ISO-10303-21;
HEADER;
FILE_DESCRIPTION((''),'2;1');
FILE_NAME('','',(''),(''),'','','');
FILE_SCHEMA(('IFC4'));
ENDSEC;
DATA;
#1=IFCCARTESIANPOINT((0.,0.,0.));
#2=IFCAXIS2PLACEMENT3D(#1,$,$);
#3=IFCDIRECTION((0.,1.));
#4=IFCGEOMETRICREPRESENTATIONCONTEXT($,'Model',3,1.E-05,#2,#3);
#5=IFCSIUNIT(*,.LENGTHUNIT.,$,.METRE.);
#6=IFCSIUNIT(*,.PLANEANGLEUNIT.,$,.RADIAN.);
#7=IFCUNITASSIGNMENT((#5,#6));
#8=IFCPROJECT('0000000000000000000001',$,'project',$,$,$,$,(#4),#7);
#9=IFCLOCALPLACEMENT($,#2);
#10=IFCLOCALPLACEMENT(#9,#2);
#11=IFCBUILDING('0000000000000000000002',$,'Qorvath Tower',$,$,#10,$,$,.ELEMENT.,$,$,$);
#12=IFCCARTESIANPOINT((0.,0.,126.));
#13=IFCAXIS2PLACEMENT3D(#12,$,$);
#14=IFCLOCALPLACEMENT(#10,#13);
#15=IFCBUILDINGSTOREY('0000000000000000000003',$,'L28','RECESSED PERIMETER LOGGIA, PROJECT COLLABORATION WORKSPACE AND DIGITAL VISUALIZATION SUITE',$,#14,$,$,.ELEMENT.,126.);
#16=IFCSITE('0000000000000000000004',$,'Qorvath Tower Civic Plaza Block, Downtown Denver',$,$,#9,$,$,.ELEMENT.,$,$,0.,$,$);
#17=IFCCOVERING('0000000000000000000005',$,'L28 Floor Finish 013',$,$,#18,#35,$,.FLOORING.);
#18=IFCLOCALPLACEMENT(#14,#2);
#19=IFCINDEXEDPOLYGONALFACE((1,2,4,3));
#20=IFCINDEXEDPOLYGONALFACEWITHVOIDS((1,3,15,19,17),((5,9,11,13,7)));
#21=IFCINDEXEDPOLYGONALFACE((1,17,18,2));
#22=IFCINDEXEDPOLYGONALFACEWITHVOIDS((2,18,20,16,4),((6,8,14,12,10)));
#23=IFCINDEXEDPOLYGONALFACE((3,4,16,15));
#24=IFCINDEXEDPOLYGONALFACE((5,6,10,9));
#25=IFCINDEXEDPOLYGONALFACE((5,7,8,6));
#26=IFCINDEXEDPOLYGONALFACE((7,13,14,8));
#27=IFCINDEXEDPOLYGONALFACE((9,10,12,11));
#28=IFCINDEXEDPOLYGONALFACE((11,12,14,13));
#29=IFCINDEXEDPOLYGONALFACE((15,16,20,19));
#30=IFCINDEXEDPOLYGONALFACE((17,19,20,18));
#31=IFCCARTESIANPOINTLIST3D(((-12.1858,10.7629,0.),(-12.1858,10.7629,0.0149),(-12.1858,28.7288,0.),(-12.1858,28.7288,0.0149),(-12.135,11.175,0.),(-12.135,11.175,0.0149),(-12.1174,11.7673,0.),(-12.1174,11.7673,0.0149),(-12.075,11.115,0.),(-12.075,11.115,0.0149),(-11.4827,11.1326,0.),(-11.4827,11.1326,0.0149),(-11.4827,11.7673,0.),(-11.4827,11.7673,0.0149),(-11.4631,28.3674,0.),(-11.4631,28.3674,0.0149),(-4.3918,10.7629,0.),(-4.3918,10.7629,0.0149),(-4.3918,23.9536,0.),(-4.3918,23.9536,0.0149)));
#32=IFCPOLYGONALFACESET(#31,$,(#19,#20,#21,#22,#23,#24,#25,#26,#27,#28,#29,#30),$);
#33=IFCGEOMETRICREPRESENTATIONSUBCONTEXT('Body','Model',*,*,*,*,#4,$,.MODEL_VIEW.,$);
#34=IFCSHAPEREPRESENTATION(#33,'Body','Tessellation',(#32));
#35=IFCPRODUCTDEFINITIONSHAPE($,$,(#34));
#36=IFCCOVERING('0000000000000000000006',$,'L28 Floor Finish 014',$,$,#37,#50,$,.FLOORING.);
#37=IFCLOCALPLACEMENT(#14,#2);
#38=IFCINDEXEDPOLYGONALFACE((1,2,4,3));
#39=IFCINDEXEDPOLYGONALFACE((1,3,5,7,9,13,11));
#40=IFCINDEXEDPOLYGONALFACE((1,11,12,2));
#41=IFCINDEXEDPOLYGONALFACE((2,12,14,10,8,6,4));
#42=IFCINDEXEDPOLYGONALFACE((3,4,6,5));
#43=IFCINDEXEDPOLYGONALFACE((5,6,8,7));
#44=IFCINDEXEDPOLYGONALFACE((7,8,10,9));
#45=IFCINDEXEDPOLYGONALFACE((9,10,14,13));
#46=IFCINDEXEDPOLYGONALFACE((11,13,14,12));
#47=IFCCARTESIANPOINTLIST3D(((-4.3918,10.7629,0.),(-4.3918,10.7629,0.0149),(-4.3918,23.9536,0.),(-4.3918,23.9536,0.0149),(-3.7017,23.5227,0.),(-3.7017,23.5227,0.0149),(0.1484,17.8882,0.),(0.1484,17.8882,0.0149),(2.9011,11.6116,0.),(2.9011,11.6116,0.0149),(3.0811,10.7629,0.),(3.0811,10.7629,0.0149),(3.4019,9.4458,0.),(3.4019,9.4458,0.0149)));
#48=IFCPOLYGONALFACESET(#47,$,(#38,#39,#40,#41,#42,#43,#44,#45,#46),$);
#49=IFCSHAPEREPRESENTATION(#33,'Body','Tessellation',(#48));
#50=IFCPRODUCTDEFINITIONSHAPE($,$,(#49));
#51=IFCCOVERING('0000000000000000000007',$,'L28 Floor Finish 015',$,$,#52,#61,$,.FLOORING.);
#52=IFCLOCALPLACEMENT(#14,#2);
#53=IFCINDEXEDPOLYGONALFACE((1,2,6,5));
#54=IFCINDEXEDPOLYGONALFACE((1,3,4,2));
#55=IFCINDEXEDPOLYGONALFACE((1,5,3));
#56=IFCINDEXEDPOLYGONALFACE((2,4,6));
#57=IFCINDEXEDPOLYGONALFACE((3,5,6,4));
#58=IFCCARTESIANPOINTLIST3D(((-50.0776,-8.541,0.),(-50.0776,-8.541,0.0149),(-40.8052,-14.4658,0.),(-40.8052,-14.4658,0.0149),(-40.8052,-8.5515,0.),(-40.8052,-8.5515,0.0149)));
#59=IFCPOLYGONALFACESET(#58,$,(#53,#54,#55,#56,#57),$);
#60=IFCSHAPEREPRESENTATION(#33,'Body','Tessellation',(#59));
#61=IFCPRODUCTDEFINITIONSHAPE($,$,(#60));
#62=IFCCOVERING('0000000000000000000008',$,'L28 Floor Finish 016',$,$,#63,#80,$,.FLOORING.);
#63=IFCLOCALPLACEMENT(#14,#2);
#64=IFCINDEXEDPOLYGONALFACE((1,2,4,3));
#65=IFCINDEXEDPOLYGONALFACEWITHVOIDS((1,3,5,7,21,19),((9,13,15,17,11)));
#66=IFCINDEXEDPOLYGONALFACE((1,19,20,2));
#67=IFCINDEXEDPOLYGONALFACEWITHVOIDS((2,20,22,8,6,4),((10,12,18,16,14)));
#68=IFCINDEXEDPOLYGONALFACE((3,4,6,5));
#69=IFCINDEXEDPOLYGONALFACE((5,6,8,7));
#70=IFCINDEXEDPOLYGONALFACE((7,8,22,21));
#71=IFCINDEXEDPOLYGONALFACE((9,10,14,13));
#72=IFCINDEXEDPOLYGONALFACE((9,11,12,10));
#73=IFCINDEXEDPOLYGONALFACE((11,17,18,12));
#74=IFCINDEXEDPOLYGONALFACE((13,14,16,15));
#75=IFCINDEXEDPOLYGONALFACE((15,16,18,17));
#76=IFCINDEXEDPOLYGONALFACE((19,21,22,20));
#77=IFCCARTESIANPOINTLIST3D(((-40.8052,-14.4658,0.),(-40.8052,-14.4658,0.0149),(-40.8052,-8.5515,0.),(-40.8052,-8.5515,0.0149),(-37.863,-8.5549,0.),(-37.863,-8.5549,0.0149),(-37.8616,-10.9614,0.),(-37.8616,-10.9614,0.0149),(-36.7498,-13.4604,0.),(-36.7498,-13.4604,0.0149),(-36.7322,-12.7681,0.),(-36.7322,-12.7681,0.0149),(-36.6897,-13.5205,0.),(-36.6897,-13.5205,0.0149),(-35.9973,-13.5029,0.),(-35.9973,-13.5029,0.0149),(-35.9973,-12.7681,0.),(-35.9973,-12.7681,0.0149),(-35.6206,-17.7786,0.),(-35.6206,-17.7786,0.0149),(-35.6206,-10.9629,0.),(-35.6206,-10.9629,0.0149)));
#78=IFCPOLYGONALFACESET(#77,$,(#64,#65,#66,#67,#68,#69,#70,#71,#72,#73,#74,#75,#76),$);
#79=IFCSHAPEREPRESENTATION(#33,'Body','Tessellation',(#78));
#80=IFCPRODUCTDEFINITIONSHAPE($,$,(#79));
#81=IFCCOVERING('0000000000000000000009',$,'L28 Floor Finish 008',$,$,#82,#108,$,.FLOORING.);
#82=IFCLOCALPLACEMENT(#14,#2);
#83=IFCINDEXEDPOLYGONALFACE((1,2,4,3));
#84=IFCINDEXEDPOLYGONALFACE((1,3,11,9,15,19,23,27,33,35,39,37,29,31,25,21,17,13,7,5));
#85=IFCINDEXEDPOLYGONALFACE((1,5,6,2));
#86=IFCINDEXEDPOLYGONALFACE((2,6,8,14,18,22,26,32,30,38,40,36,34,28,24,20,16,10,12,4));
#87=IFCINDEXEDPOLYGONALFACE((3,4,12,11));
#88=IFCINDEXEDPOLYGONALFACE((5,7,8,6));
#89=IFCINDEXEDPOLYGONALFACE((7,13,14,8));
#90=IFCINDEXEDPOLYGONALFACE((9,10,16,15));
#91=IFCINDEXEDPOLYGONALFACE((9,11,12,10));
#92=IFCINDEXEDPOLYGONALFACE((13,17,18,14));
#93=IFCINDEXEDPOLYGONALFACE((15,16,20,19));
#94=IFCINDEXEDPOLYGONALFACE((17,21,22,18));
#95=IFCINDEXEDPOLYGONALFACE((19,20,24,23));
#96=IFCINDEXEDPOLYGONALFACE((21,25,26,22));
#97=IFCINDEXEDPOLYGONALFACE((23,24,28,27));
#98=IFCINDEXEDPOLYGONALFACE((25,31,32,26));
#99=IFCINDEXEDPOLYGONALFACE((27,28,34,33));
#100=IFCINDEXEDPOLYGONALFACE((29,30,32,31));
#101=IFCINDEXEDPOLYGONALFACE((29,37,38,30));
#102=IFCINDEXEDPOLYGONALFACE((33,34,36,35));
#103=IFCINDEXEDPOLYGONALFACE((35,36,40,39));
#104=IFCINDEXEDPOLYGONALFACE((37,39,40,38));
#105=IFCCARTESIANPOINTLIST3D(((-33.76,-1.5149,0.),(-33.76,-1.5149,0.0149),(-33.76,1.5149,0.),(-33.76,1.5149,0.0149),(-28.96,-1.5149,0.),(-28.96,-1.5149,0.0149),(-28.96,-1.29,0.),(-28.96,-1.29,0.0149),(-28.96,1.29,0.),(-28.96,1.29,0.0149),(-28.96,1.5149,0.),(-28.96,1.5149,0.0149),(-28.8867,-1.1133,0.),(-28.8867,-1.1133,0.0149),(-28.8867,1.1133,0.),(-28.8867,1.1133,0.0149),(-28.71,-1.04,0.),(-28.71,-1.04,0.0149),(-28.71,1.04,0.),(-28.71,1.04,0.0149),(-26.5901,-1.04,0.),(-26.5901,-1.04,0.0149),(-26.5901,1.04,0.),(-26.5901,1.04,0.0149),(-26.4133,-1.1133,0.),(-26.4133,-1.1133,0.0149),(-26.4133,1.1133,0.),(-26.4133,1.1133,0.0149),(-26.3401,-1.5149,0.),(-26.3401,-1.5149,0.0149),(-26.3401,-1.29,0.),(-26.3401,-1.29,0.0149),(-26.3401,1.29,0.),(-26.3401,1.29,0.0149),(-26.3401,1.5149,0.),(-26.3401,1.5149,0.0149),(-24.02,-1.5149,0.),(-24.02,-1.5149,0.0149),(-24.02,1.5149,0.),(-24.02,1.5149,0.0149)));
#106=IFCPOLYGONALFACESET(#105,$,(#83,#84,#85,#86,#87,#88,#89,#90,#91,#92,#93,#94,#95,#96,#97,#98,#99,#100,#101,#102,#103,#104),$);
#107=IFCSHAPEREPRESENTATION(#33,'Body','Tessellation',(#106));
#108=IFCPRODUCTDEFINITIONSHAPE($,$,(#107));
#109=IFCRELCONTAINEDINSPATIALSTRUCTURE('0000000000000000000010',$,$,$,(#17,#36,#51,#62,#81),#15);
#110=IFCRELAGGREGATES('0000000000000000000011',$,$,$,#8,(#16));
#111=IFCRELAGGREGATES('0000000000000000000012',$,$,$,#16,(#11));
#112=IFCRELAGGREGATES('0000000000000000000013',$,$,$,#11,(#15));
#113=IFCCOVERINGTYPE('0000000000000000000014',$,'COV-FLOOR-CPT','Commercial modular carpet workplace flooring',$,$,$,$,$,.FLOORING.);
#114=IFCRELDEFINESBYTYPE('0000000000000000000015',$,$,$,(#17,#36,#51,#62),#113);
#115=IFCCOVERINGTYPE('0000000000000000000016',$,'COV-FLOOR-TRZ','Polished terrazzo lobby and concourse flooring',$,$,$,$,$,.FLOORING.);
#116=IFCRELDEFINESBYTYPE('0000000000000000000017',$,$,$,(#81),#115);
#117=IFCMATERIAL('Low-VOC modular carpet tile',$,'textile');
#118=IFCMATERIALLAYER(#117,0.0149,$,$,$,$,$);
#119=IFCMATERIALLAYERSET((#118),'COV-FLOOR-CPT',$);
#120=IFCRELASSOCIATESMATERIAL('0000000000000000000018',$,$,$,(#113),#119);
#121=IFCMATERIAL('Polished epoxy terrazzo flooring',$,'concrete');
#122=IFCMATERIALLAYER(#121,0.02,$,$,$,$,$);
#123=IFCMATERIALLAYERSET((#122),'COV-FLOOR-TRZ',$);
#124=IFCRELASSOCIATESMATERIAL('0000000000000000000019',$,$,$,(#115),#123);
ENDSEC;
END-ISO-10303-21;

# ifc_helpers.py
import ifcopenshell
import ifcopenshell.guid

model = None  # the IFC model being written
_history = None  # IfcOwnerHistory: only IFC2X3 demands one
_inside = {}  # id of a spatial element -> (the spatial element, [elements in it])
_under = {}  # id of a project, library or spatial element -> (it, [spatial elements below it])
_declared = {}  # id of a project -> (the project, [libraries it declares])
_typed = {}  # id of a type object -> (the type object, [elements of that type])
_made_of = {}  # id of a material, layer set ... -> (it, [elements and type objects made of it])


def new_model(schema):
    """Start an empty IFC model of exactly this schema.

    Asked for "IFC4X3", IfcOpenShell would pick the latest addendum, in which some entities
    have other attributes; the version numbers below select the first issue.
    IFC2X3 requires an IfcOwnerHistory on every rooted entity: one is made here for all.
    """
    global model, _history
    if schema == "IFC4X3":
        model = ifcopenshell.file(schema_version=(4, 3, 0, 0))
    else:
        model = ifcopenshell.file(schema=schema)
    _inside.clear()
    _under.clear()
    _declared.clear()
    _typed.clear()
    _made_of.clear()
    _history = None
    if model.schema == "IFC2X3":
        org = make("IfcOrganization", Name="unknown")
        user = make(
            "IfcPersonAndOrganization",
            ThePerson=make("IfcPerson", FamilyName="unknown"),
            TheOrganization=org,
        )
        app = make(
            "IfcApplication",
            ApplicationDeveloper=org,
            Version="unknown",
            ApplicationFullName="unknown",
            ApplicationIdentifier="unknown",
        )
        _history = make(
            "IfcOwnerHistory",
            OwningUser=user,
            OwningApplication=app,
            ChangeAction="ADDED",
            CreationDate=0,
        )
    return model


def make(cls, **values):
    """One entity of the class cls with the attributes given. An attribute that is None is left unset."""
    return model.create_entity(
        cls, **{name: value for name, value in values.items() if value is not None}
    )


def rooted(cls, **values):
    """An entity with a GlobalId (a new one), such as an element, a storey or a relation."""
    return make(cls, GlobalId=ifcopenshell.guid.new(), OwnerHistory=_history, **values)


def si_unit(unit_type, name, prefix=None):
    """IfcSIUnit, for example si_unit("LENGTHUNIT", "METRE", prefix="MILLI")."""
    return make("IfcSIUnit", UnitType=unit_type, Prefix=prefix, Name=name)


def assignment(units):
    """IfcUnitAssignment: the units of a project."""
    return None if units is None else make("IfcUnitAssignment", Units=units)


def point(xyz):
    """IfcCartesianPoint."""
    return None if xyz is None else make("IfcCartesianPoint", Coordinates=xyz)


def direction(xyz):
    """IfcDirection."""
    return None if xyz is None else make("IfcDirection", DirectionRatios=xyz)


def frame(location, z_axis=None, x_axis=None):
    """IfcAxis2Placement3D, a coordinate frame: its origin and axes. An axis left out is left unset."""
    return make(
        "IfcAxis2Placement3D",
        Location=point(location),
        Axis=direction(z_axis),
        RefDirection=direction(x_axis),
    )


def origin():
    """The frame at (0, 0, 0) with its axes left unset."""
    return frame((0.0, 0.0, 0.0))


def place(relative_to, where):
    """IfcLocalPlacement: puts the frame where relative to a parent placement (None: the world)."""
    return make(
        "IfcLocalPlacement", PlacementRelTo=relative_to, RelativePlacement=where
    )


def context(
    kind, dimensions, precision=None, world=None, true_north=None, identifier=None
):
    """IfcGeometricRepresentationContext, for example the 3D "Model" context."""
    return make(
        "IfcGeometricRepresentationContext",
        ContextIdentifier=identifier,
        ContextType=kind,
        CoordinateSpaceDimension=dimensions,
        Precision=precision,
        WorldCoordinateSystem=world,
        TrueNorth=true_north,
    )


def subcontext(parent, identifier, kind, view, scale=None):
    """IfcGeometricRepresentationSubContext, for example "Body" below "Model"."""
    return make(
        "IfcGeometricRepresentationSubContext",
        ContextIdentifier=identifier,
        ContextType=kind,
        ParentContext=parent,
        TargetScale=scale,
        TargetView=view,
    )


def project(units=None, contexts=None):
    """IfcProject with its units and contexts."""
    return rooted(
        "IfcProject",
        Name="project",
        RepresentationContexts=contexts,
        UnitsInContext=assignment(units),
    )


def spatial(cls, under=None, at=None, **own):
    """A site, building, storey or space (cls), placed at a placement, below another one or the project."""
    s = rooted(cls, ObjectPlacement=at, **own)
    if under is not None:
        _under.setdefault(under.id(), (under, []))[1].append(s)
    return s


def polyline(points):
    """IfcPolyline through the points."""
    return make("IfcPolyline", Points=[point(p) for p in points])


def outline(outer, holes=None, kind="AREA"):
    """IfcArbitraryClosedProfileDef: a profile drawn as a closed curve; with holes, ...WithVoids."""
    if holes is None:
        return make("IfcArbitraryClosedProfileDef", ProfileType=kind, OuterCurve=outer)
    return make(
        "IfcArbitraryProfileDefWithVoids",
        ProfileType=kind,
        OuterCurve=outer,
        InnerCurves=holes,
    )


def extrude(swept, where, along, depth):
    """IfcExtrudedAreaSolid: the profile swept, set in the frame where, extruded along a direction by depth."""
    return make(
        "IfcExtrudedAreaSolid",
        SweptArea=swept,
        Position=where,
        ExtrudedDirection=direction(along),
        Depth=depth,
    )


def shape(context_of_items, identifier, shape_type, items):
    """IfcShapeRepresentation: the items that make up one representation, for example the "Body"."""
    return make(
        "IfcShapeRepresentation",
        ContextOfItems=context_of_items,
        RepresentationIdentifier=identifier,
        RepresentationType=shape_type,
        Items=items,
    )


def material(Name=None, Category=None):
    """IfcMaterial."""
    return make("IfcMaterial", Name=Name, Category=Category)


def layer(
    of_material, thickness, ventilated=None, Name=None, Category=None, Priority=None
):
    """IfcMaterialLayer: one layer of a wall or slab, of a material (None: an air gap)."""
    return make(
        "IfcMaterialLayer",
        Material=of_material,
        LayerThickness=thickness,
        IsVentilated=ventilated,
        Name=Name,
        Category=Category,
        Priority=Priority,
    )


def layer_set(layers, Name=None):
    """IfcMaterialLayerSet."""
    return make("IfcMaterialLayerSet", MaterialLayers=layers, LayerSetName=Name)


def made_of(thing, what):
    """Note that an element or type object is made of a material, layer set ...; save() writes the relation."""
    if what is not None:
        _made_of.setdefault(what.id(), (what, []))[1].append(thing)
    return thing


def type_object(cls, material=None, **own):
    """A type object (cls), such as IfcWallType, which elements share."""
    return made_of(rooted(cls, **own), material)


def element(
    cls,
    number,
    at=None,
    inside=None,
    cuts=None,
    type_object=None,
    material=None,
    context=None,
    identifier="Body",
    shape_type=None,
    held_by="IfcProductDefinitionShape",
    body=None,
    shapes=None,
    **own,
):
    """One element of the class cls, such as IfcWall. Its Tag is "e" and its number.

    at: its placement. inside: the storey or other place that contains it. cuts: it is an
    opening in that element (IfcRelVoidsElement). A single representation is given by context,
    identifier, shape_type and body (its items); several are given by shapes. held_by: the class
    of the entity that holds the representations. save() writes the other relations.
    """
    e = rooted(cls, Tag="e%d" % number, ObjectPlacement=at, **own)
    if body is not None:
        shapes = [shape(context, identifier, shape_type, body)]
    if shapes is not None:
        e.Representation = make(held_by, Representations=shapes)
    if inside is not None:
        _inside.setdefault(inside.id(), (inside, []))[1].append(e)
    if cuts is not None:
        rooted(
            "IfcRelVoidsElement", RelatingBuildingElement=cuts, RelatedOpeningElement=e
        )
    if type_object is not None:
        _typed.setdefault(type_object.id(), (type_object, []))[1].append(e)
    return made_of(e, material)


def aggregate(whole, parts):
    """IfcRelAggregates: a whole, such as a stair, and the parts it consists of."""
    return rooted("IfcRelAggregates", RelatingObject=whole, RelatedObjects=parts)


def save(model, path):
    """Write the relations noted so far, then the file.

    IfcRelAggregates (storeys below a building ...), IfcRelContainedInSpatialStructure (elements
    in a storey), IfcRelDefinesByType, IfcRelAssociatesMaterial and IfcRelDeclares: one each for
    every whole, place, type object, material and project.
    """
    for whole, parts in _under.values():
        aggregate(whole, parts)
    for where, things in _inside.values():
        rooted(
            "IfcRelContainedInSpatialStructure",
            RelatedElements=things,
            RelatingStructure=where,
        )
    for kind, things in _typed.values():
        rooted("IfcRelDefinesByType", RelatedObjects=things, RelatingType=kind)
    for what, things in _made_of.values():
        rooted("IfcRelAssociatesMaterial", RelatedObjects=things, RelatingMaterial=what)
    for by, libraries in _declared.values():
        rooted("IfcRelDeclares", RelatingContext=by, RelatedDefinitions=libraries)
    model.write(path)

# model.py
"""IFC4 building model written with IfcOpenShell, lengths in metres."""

from ifc_helpers import new_model, si_unit, direction, frame, origin, place, context, subcontext, project, spatial, polyline, outline, extrude, material, layer, layer_set, type_object, element, save


model = new_model("IFC4")

# Units and contexts
model_context = context("Model", 3, precision=1e-05, world=origin(), true_north=direction((0.0, 1.0)))
body_context = subcontext(model_context, "Body", "Model", "MODEL_VIEW")
ifc_project = project(units=[si_unit("LENGTHUNIT", "METRE"), si_unit("PLANEANGLEUNIT", "RADIAN")], contexts=[model_context])

# Site, building, storey
site_placement = place(None, origin())
site = spatial("IfcSite", under=ifc_project, at=site_placement, Name="Qorvath Tower Civic Plaza Block, Downtown Denver", CompositionType="ELEMENT", RefElevation=0.0)
building_placement = place(site_placement, origin())
building = spatial("IfcBuilding", under=site, at=building_placement, Name="Qorvath Tower", CompositionType="ELEMENT")
storey_placement = place(building_placement, frame((0.0, 0.0, 126.0)))
storey = spatial("IfcBuildingStorey", under=building, at=storey_placement, Name="L28", Description="RECESSED PERIMETER LOGGIA, PROJECT COLLABORATION WORKSPACE AND DIGITAL VISUALIZATION SUITE", CompositionType="ELEMENT", Elevation=126.0)

# Coverings
ifc_material_1 = material(Name="Low-VOC modular carpet tile", Category="textile")
ifc_layer_1 = layer(ifc_material_1, 0.0149)
ifc_layer_set_1 = layer_set([ifc_layer_1], Name="COV-FLOOR-CPT")
covering_type_1 = type_object("IfcCoveringType", Name="COV-FLOOR-CPT", Description="Commercial modular carpet workplace flooring", PredefinedType="FLOORING", material=ifc_layer_set_1)
covering_1_placement = place(storey_placement, origin())
element("IfcCovering", 1, at=covering_1_placement, inside=storey, type_object=covering_type_1, Name="L28 Floor Finish 013", PredefinedType="FLOORING", context=body_context, shape_type="SweptSolid", body=[
    extrude(outline(polyline([(-4.3918, 10.7629), (-4.3918, 23.9536), (-11.4631, 28.3674), (-12.1858, 28.7288), (-12.1858, 10.7629), (-4.3918, 10.7629)]), holes=[polyline([(-12.135, 11.175), (-12.1174, 11.7673), (-11.4827, 11.7673), (-11.4827, 11.1326), (-12.075, 11.115), (-12.135, 11.175)])]), origin(), (0.0, 0.0, 1.0), 0.0149),
])
covering_2_placement = place(storey_placement, origin())
element("IfcCovering", 2, at=covering_2_placement, inside=storey, type_object=covering_type_1, Name="L28 Floor Finish 014", PredefinedType="FLOORING", context=body_context, shape_type="SweptSolid", body=[
    extrude(outline(polyline([(0.1484, 17.8882), (-3.7017, 23.5227), (-4.3918, 23.9536), (-4.3918, 10.7629), (3.0811, 10.7629), (3.4019, 9.4458), (2.9011, 11.6116), (0.1484, 17.8882)])), origin(), (0.0, 0.0, 1.0), 0.0149),
])
covering_3_placement = place(storey_placement, origin())
element("IfcCovering", 3, at=covering_3_placement, inside=storey, type_object=covering_type_1, Name="L28 Floor Finish 015", PredefinedType="FLOORING", context=body_context, shape_type="SweptSolid", body=[
    extrude(outline(polyline([(-50.0776, -8.541), (-40.8052, -14.4658), (-40.8052, -8.5515), (-50.0776, -8.541)])), origin(), (0.0, 0.0, 1.0), 0.0149),
])
covering_4_placement = place(storey_placement, origin())
element("IfcCovering", 4, at=covering_4_placement, inside=storey, type_object=covering_type_1, Name="L28 Floor Finish 016", PredefinedType="FLOORING", context=body_context, shape_type="SweptSolid", body=[
    extrude(outline(polyline([(-40.8052, -8.5515), (-40.8052, -14.4658), (-35.6206, -17.7786), (-35.6206, -10.9629), (-37.8616, -10.9614), (-37.863, -8.5549), (-40.8052, -8.5515)]), holes=[polyline([(-36.7498, -13.4604), (-36.7322, -12.7681), (-35.9973, -12.7681), (-35.9973, -13.5029), (-36.6897, -13.5205), (-36.7498, -13.4604)])]), origin(), (0.0, 0.0, 1.0), 0.0149),
])
ifc_material_2 = material(Name="Polished epoxy terrazzo flooring", Category="concrete")
ifc_layer_2 = layer(ifc_material_2, 0.02)
ifc_layer_set_2 = layer_set([ifc_layer_2], Name="COV-FLOOR-TRZ")
covering_type_2 = type_object("IfcCoveringType", Name="COV-FLOOR-TRZ", Description="Polished terrazzo lobby and concourse flooring", PredefinedType="FLOORING", material=ifc_layer_set_2)
covering_5_placement = place(storey_placement, origin())
element("IfcCovering", 5, at=covering_5_placement, inside=storey, type_object=covering_type_2, Name="L28 Floor Finish 008", PredefinedType="FLOORING", context=body_context, shape_type="SweptSolid", body=[
    extrude(outline(polyline([(-24.02, -1.5149), (-24.02, 1.5149), (-26.3401, 1.5149), (-26.3401, 1.29), (-26.4133, 1.1133), (-26.5901, 1.04), (-28.71, 1.04), (-28.8867, 1.1133), (-28.96, 1.29), (-28.96, 1.5149), (-33.76, 1.5149), (-33.76, -1.5149), (-28.96, -1.5149), (-28.96, -1.29), (-28.8867, -1.1133), (-28.71, -1.04), (-26.5901, -1.04), (-26.4133, -1.1133), (-26.3401, -1.29), (-26.3401, -1.5149), (-24.02, -1.5149)])), origin(), (0.0, 0.0, 1.0), 0.0149),
])

save(model, "model.ifc")
